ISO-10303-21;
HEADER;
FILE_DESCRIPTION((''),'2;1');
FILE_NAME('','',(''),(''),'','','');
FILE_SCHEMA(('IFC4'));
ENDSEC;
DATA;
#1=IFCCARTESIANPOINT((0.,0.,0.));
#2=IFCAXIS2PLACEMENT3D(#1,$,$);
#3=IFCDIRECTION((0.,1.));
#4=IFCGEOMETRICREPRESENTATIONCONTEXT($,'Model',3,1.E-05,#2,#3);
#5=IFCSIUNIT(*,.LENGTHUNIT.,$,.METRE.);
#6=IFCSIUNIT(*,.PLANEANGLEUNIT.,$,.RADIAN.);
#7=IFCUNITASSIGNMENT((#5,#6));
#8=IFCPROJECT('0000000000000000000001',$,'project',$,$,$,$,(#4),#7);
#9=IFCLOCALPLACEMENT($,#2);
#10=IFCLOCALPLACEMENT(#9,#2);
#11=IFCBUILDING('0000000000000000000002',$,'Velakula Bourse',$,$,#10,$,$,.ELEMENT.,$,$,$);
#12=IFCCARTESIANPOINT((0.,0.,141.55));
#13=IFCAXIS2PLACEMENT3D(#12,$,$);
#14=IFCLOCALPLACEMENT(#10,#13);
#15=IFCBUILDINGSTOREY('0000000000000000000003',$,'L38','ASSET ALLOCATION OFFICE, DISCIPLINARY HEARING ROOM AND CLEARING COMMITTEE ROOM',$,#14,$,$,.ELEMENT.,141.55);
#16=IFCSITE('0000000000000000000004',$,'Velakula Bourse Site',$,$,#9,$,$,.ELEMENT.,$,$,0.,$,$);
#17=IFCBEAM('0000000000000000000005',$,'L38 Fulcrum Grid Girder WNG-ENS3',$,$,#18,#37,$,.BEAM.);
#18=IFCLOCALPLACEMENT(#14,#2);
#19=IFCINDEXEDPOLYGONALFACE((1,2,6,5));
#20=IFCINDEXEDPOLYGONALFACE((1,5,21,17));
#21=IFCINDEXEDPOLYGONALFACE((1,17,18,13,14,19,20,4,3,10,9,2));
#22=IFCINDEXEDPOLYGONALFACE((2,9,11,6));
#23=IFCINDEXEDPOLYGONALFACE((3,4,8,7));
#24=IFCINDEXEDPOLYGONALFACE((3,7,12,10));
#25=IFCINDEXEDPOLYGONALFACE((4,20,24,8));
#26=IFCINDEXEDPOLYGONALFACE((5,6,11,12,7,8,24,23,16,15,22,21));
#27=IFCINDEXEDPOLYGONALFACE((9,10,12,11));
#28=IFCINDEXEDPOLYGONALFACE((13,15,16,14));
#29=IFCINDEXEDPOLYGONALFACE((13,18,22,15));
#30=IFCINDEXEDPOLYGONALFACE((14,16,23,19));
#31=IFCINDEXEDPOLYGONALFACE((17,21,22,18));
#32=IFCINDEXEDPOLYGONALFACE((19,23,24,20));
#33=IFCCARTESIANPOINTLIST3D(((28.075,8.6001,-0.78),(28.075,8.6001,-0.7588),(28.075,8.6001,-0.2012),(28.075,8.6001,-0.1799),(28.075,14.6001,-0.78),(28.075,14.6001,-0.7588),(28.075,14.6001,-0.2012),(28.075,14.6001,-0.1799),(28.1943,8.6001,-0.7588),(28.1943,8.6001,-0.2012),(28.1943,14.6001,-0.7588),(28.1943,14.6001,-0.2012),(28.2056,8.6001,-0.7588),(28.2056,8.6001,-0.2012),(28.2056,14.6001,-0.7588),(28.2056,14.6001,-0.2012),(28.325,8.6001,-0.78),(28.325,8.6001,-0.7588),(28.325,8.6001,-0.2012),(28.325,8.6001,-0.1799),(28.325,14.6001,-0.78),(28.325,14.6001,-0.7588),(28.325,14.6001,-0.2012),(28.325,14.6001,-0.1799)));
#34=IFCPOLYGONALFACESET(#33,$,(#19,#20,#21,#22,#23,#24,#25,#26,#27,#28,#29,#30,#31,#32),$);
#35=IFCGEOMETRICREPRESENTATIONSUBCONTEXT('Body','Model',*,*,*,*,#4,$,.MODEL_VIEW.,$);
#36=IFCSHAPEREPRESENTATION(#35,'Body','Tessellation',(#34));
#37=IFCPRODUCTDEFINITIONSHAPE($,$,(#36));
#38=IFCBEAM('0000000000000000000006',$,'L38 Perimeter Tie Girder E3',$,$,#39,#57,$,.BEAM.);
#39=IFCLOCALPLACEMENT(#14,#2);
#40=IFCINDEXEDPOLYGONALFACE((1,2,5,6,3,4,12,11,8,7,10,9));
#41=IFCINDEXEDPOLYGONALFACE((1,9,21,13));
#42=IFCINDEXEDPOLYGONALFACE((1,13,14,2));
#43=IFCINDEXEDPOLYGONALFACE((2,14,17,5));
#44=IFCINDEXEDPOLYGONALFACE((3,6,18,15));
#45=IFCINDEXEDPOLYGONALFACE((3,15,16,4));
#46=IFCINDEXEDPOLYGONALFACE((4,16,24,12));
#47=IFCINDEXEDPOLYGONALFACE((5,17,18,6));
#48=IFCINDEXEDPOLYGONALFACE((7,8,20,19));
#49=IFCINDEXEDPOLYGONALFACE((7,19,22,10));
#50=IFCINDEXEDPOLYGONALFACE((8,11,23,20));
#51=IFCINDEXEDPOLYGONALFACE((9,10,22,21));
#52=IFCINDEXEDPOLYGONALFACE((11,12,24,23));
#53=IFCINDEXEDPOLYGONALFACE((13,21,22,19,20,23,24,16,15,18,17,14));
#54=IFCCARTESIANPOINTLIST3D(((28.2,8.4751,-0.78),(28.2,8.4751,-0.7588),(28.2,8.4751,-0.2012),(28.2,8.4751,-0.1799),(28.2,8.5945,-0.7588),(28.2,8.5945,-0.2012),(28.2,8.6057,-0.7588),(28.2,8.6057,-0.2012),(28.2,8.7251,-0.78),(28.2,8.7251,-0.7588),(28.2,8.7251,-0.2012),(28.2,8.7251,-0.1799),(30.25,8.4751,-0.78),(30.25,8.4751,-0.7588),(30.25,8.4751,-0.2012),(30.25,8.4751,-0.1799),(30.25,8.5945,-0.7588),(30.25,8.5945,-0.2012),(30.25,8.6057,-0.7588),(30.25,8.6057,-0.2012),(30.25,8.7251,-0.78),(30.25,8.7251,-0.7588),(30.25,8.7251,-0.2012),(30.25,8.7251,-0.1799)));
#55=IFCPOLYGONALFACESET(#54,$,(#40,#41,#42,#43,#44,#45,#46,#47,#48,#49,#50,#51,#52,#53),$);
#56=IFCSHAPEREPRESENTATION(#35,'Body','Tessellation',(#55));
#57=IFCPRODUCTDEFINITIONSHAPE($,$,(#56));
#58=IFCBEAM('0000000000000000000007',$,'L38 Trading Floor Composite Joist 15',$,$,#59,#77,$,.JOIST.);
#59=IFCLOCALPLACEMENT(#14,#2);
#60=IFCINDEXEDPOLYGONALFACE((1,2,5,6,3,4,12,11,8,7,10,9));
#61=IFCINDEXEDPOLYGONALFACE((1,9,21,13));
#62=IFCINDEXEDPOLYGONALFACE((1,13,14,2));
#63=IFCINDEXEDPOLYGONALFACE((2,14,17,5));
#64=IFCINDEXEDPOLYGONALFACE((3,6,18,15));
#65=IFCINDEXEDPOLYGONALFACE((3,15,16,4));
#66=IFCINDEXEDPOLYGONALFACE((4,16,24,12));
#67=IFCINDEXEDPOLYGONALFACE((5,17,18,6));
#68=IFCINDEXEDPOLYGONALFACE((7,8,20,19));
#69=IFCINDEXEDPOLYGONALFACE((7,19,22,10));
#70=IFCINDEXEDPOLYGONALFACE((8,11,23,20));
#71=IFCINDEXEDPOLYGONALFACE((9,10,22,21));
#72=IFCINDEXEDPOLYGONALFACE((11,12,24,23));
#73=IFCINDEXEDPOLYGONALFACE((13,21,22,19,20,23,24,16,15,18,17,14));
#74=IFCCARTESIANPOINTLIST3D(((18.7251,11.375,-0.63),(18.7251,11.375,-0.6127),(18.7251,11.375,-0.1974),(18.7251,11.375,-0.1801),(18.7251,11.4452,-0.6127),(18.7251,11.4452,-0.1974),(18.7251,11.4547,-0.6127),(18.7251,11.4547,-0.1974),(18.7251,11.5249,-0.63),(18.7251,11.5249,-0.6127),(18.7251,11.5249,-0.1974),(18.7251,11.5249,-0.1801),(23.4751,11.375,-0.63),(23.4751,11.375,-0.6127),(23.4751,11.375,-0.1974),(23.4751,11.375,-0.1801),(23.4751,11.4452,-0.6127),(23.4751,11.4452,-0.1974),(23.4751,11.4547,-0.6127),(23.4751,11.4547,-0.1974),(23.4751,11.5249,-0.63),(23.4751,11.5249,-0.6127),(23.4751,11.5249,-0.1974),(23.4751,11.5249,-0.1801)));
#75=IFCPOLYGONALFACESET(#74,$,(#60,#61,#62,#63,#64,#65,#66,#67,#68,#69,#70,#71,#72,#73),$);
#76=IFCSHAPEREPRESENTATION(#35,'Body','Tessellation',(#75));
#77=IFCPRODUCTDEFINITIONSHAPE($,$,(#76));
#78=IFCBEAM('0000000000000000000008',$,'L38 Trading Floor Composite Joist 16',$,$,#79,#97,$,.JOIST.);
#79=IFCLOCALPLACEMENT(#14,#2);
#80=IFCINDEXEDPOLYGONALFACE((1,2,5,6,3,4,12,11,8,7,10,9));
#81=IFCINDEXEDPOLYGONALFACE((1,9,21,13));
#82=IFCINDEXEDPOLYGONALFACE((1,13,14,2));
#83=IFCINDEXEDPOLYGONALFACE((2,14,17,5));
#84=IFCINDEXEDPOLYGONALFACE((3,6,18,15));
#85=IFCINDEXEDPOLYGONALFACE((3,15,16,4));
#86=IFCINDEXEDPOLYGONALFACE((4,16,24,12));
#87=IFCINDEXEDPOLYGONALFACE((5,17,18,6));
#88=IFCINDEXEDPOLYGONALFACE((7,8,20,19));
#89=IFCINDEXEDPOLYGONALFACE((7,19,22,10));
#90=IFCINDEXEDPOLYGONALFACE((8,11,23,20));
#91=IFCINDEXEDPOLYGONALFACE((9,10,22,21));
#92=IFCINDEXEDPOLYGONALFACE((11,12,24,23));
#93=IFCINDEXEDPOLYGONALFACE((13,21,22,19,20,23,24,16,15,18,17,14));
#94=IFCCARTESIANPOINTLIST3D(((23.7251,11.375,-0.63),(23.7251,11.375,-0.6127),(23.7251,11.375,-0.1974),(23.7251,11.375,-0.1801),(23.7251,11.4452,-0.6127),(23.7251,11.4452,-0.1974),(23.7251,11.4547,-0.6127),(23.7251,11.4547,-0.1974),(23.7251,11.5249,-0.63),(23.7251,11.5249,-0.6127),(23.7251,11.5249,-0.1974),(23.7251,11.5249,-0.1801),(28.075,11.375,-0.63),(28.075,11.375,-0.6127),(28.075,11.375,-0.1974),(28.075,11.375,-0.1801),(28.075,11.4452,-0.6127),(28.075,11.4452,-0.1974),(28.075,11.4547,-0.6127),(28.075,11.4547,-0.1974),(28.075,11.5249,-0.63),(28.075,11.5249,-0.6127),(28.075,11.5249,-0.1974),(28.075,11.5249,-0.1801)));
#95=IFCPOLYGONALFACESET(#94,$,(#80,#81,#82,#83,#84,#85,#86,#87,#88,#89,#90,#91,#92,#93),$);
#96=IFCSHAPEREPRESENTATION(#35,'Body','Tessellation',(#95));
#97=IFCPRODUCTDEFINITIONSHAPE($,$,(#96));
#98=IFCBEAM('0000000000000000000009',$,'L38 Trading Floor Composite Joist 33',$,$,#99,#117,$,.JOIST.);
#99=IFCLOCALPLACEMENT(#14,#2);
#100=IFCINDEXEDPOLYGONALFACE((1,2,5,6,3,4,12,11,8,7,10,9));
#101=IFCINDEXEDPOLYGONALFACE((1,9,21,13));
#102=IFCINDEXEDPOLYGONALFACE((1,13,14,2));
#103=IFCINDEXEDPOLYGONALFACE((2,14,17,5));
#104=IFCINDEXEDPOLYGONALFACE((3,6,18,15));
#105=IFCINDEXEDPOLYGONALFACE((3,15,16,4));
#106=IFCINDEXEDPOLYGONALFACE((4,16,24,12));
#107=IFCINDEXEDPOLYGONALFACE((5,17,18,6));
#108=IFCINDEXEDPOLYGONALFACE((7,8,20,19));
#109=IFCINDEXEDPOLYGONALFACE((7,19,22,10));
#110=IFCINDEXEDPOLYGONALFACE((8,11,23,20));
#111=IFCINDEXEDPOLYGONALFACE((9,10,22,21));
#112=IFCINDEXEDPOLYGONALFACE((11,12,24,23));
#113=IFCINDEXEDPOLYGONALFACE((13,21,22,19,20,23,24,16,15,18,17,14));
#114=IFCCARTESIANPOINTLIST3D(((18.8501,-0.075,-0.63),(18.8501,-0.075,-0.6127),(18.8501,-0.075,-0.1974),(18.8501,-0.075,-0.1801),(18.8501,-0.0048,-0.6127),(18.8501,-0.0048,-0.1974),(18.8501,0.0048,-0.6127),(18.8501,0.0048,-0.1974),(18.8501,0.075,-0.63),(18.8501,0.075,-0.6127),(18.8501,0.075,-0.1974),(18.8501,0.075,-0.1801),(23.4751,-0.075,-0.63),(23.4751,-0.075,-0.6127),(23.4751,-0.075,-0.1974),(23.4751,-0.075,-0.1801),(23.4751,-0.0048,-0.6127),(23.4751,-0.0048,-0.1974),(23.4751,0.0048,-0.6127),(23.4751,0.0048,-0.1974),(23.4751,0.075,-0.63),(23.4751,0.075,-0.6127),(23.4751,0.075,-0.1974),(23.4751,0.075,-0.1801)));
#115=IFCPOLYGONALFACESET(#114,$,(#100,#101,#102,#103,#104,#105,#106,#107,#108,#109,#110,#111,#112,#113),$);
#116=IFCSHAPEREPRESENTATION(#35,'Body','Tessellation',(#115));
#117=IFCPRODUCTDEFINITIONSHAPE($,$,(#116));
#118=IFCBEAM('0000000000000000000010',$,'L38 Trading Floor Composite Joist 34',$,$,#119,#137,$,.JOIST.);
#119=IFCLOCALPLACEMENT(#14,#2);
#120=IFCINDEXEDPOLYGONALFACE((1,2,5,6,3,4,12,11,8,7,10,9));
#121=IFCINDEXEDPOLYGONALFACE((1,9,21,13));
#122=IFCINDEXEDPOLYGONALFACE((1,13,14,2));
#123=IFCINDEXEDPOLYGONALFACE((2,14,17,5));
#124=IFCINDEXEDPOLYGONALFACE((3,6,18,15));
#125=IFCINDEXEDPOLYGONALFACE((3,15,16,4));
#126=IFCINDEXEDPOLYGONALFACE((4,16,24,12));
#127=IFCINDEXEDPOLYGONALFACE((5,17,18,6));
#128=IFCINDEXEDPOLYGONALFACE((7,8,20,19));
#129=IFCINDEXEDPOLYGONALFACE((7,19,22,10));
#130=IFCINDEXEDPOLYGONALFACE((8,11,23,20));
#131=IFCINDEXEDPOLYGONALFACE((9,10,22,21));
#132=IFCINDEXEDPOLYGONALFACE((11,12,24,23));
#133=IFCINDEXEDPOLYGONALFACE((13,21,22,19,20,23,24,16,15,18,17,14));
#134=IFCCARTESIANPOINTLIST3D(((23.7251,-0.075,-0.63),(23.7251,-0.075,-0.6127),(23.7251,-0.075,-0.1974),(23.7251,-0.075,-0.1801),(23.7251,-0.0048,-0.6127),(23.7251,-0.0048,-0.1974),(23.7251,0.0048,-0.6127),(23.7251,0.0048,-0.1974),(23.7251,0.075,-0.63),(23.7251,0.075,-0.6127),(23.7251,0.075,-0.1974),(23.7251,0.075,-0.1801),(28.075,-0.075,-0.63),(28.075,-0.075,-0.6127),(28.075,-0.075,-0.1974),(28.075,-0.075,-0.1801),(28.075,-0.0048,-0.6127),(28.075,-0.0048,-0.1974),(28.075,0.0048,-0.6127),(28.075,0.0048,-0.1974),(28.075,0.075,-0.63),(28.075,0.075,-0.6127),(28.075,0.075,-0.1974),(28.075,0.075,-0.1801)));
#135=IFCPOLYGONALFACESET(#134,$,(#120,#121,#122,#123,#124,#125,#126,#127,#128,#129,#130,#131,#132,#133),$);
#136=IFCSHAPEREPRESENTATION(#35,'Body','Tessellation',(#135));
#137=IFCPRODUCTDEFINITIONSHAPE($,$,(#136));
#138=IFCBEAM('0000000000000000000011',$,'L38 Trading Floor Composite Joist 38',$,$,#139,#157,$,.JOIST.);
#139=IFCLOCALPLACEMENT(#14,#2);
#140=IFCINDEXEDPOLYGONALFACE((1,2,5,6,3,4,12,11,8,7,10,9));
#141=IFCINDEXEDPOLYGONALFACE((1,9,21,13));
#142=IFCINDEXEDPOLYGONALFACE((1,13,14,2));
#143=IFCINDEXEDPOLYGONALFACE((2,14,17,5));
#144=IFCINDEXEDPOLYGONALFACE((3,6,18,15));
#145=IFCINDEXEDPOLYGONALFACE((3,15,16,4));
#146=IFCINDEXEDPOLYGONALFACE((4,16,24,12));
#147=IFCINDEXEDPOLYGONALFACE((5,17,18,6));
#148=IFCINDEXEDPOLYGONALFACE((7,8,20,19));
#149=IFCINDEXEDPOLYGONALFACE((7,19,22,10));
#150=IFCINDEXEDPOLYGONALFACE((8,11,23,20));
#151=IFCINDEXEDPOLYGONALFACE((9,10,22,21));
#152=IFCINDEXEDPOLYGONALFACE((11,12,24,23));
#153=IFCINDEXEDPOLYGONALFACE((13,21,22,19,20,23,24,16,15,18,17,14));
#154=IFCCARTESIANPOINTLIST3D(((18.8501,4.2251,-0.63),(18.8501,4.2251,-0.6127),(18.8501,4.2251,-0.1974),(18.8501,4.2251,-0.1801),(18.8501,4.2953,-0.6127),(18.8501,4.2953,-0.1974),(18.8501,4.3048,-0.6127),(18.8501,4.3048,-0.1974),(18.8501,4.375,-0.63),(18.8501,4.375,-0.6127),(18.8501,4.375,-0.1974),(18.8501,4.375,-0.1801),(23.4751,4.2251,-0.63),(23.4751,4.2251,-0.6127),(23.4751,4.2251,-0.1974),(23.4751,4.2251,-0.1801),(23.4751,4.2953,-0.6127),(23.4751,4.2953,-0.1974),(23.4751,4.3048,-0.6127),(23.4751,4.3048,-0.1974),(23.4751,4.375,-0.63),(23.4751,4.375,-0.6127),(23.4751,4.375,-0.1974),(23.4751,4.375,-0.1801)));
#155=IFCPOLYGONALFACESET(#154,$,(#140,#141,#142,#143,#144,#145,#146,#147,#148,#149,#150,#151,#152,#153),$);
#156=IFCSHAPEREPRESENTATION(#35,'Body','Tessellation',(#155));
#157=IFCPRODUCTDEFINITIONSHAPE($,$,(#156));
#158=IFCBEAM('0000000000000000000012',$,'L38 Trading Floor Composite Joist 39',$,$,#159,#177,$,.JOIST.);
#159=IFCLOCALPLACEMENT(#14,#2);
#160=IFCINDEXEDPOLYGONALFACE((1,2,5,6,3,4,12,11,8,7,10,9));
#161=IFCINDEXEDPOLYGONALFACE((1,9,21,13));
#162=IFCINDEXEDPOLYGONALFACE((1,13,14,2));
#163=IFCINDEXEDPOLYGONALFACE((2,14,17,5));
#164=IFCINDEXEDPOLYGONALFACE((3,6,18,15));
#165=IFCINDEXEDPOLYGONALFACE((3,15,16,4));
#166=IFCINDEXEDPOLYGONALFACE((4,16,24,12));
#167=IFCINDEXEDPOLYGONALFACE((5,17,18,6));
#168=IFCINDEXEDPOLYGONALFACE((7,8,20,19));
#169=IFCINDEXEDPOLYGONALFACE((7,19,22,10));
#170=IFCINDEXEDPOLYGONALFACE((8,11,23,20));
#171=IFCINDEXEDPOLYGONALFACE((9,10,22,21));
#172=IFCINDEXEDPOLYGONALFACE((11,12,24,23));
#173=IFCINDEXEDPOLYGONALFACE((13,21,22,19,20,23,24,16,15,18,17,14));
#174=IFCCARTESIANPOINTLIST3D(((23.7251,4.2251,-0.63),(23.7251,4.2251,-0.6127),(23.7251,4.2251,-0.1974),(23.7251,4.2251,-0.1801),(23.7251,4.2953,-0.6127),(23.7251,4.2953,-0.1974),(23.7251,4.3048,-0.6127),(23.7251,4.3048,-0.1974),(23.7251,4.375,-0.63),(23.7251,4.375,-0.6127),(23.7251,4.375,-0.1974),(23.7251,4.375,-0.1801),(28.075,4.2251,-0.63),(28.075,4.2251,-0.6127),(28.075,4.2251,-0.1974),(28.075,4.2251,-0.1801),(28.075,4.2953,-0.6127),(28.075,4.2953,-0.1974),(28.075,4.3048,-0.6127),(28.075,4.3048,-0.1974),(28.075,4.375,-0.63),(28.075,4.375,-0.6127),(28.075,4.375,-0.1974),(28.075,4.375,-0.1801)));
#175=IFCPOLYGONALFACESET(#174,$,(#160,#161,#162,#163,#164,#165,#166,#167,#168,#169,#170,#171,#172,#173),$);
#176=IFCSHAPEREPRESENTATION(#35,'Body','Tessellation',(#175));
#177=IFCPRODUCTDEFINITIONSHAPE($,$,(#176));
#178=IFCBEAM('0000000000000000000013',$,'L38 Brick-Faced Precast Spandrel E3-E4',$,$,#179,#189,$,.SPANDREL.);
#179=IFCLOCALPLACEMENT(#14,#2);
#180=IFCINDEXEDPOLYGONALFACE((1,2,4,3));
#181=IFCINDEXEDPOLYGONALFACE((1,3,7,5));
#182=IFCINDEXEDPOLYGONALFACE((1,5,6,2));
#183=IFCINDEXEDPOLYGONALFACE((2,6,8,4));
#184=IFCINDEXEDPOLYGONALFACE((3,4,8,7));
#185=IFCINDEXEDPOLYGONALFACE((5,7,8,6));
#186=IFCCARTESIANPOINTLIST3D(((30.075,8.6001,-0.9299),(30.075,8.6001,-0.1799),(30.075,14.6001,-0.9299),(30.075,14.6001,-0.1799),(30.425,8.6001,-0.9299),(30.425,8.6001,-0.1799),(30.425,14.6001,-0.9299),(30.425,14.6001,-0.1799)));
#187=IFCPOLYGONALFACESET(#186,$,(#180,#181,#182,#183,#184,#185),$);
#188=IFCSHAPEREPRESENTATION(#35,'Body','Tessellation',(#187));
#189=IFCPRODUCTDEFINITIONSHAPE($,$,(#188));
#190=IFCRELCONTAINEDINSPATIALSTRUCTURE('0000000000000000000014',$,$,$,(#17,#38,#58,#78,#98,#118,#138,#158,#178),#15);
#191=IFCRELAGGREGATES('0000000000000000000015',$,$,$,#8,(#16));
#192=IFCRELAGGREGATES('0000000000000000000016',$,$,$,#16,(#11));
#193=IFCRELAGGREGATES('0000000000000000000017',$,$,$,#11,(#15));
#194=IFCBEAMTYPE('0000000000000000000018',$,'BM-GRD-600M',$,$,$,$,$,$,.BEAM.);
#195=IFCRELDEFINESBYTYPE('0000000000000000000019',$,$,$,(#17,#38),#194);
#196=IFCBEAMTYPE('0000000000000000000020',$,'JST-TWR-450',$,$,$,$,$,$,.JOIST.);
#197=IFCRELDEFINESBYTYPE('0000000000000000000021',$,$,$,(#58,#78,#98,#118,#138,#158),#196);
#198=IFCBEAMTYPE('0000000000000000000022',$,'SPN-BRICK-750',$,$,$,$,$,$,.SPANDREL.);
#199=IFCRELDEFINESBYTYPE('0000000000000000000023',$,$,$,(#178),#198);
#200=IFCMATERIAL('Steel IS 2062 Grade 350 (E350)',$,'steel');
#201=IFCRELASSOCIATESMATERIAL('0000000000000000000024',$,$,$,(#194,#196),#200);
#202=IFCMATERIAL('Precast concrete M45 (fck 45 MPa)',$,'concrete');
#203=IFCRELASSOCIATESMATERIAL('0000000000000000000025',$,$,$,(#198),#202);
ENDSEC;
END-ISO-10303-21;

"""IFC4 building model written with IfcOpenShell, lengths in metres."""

from ifc_helpers import new_model, si_unit, direction, frame, origin, origin_2d, place, context, subcontext, project, spatial, rectangle, i_section, extrude, material, material_profile, profile_set, type_object, element, save


model = new_model("IFC4")

# Units and contexts
model_context = context("Model", 3, precision=1e-05, world=origin(), true_north=direction((0.0, 1.0)))
body_context = subcontext(model_context, "Body", "Model", "MODEL_VIEW")
ifc_project = project(units=[si_unit("LENGTHUNIT", "METRE"), si_unit("PLANEANGLEUNIT", "RADIAN")], contexts=[model_context])

# Site, building, storey
site_placement = place(None, origin())
site = spatial("IfcSite", under=ifc_project, at=site_placement, Name="Velakula Bourse Site", CompositionType="ELEMENT", RefElevation=0.0)
building_placement = place(site_placement, origin())
building = spatial("IfcBuilding", under=site, at=building_placement, Name="Velakula Bourse", CompositionType="ELEMENT")
storey_placement = place(building_placement, frame((0.0, 0.0, 141.55)))
storey = spatial("IfcBuildingStorey", under=building, at=storey_placement, Name="L38", Description="ASSET ALLOCATION OFFICE, DISCIPLINARY HEARING ROOM AND CLEARING COMMITTEE ROOM", CompositionType="ELEMENT", Elevation=141.55)

# Shared definitions
ifc_material_1 = material(Name="Steel IS 2062 Grade 350 (E350)", Category="steel")

# Beams
ifc_material_profile_1 = material_profile(ifc_material_1, i_section(OverallWidth=0.25, OverallDepth=0.6001, WebThickness=0.0112, FlangeThickness=0.0212, at=origin_2d()), Name="Steel IS 2062 Grade 350 (E350)")
ifc_profile_set_1 = profile_set([ifc_material_profile_1], Name="Steel IS 2062 Grade 350 (E350)")
beam_type_1 = type_object("IfcBeamType", Name="BM-GRD-600M", PredefinedType="BEAM", material=ifc_profile_set_1)
beam_1_placement = place(storey_placement, frame((28.2, 8.6001, -0.48), z_axis=(0.0, 1.0, 0.0), x_axis=(-1.0, 0.0, 0.0)))
element("IfcBeam", 1, at=beam_1_placement, inside=storey, type_object=beam_type_1, Name="L38 Fulcrum Grid Girder WNG-ENS3", PredefinedType="BEAM", context=body_context, shape_type="SweptSolid", body=[
    extrude(i_section(OverallWidth=0.25, OverallDepth=0.6001, WebThickness=0.0112, FlangeThickness=0.0212, at=origin_2d()), origin(), (0.0, 0.0, 1.0), 6.0),
])
beam_2_placement = place(storey_placement, frame((28.2, 8.6001, -0.48), z_axis=(1.0, 0.0, 0.0), x_axis=(0.0, 1.0, 0.0)))
element("IfcBeam", 2, at=beam_2_placement, inside=storey, type_object=beam_type_1, Name="L38 Perimeter Tie Girder E3", PredefinedType="BEAM", context=body_context, shape_type="SweptSolid", body=[
    extrude(i_section(OverallWidth=0.25, OverallDepth=0.6001, WebThickness=0.0112, FlangeThickness=0.0212, at=origin_2d()), origin(), (0.0, 0.0, 1.0), 2.05),
])
ifc_material_profile_2 = material_profile(ifc_material_1, i_section(OverallWidth=0.1499, OverallDepth=0.45, WebThickness=0.0095, FlangeThickness=0.0173, at=origin_2d()), Name="Steel IS 2062 Grade 350 (E350)")
ifc_profile_set_2 = profile_set([ifc_material_profile_2], Name="Steel IS 2062 Grade 350 (E350)")
beam_type_2 = type_object("IfcBeamType", Name="JST-TWR-450", PredefinedType="JOIST", material=ifc_profile_set_2)
beam_3_placement = place(storey_placement, frame((18.7251, 11.45, -0.405), z_axis=(1.0, 0.0, 0.0), x_axis=(0.0, 1.0, 0.0)))
element("IfcBeam", 3, at=beam_3_placement, inside=storey, type_object=beam_type_2, Name="L38 Trading Floor Composite Joist 15", PredefinedType="JOIST", context=body_context, shape_type="SweptSolid", body=[
    extrude(i_section(OverallWidth=0.1499, OverallDepth=0.45, WebThickness=0.0095, FlangeThickness=0.0173, at=origin_2d()), origin(), (0.0, 0.0, 1.0), 4.75),
])
beam_4_placement = place(storey_placement, frame((23.7251, 11.45, -0.405), z_axis=(1.0, 0.0, 0.0), x_axis=(0.0, 1.0, 0.0)))
element("IfcBeam", 4, at=beam_4_placement, inside=storey, type_object=beam_type_2, Name="L38 Trading Floor Composite Joist 16", PredefinedType="JOIST", context=body_context, shape_type="SweptSolid", body=[
    extrude(i_section(OverallWidth=0.1499, OverallDepth=0.45, WebThickness=0.0095, FlangeThickness=0.0173, at=origin_2d()), origin(), (0.0, 0.0, 1.0), 4.3499),
])
beam_5_placement = place(storey_placement, frame((18.8501, 0.0, -0.405), z_axis=(1.0, 0.0, 0.0), x_axis=(0.0, 1.0, 0.0)))
element("IfcBeam", 5, at=beam_5_placement, inside=storey, type_object=beam_type_2, Name="L38 Trading Floor Composite Joist 33", PredefinedType="JOIST", context=body_context, shape_type="SweptSolid", body=[
    extrude(i_section(OverallWidth=0.1499, OverallDepth=0.45, WebThickness=0.0095, FlangeThickness=0.0173, at=origin_2d()), origin(), (0.0, 0.0, 1.0), 4.625),
])
beam_6_placement = place(storey_placement, frame((23.7251, 0.0, -0.405), z_axis=(1.0, 0.0, 0.0), x_axis=(0.0, 1.0, 0.0)))
element("IfcBeam", 6, at=beam_6_placement, inside=storey, type_object=beam_type_2, Name="L38 Trading Floor Composite Joist 34", PredefinedType="JOIST", context=body_context, shape_type="SweptSolid", body=[
    extrude(i_section(OverallWidth=0.1499, OverallDepth=0.45, WebThickness=0.0095, FlangeThickness=0.0173, at=origin_2d()), origin(), (0.0, 0.0, 1.0), 4.3499),
])
beam_7_placement = place(storey_placement, frame((18.8501, 4.3, -0.405), z_axis=(1.0, 0.0, 0.0), x_axis=(0.0, 1.0, 0.0)))
element("IfcBeam", 7, at=beam_7_placement, inside=storey, type_object=beam_type_2, Name="L38 Trading Floor Composite Joist 38", PredefinedType="JOIST", context=body_context, shape_type="SweptSolid", body=[
    extrude(i_section(OverallWidth=0.1499, OverallDepth=0.45, WebThickness=0.0095, FlangeThickness=0.0173, at=origin_2d()), origin(), (0.0, 0.0, 1.0), 4.625),
])
beam_8_placement = place(storey_placement, frame((23.7251, 4.3, -0.405), z_axis=(1.0, 0.0, 0.0), x_axis=(0.0, 1.0, 0.0)))
element("IfcBeam", 8, at=beam_8_placement, inside=storey, type_object=beam_type_2, Name="L38 Trading Floor Composite Joist 39", PredefinedType="JOIST", context=body_context, shape_type="SweptSolid", body=[
    extrude(i_section(OverallWidth=0.1499, OverallDepth=0.45, WebThickness=0.0095, FlangeThickness=0.0173, at=origin_2d()), origin(), (0.0, 0.0, 1.0), 4.3499),
])
ifc_material_2 = material(Name="Precast concrete M45 (fck 45 MPa)", Category="concrete")
ifc_material_profile_3 = material_profile(ifc_material_2, rectangle(XDim=0.3501, YDim=0.75, at=origin_2d()), Name="Precast concrete M45 (fck 45 MPa)")
ifc_profile_set_3 = profile_set([ifc_material_profile_3], Name="Precast concrete M45 (fck 45 MPa)")
beam_type_3 = type_object("IfcBeamType", Name="SPN-BRICK-750", PredefinedType="SPANDREL", material=ifc_profile_set_3)
beam_9_placement = place(storey_placement, frame((30.25, 8.6001, -0.5549), z_axis=(0.0, 1.0, 0.0), x_axis=(-1.0, 0.0, 0.0)))
element("IfcBeam", 9, at=beam_9_placement, inside=storey, type_object=beam_type_3, Name="L38 Brick-Faced Precast Spandrel E3-E4", PredefinedType="SPANDREL", context=body_context, shape_type="SweptSolid", body=[
    extrude(rectangle(XDim=0.3501, YDim=0.75, at=origin_2d()), origin(), (0.0, 0.0, 1.0), 6.0),
])

save(model, "model.ifc")
